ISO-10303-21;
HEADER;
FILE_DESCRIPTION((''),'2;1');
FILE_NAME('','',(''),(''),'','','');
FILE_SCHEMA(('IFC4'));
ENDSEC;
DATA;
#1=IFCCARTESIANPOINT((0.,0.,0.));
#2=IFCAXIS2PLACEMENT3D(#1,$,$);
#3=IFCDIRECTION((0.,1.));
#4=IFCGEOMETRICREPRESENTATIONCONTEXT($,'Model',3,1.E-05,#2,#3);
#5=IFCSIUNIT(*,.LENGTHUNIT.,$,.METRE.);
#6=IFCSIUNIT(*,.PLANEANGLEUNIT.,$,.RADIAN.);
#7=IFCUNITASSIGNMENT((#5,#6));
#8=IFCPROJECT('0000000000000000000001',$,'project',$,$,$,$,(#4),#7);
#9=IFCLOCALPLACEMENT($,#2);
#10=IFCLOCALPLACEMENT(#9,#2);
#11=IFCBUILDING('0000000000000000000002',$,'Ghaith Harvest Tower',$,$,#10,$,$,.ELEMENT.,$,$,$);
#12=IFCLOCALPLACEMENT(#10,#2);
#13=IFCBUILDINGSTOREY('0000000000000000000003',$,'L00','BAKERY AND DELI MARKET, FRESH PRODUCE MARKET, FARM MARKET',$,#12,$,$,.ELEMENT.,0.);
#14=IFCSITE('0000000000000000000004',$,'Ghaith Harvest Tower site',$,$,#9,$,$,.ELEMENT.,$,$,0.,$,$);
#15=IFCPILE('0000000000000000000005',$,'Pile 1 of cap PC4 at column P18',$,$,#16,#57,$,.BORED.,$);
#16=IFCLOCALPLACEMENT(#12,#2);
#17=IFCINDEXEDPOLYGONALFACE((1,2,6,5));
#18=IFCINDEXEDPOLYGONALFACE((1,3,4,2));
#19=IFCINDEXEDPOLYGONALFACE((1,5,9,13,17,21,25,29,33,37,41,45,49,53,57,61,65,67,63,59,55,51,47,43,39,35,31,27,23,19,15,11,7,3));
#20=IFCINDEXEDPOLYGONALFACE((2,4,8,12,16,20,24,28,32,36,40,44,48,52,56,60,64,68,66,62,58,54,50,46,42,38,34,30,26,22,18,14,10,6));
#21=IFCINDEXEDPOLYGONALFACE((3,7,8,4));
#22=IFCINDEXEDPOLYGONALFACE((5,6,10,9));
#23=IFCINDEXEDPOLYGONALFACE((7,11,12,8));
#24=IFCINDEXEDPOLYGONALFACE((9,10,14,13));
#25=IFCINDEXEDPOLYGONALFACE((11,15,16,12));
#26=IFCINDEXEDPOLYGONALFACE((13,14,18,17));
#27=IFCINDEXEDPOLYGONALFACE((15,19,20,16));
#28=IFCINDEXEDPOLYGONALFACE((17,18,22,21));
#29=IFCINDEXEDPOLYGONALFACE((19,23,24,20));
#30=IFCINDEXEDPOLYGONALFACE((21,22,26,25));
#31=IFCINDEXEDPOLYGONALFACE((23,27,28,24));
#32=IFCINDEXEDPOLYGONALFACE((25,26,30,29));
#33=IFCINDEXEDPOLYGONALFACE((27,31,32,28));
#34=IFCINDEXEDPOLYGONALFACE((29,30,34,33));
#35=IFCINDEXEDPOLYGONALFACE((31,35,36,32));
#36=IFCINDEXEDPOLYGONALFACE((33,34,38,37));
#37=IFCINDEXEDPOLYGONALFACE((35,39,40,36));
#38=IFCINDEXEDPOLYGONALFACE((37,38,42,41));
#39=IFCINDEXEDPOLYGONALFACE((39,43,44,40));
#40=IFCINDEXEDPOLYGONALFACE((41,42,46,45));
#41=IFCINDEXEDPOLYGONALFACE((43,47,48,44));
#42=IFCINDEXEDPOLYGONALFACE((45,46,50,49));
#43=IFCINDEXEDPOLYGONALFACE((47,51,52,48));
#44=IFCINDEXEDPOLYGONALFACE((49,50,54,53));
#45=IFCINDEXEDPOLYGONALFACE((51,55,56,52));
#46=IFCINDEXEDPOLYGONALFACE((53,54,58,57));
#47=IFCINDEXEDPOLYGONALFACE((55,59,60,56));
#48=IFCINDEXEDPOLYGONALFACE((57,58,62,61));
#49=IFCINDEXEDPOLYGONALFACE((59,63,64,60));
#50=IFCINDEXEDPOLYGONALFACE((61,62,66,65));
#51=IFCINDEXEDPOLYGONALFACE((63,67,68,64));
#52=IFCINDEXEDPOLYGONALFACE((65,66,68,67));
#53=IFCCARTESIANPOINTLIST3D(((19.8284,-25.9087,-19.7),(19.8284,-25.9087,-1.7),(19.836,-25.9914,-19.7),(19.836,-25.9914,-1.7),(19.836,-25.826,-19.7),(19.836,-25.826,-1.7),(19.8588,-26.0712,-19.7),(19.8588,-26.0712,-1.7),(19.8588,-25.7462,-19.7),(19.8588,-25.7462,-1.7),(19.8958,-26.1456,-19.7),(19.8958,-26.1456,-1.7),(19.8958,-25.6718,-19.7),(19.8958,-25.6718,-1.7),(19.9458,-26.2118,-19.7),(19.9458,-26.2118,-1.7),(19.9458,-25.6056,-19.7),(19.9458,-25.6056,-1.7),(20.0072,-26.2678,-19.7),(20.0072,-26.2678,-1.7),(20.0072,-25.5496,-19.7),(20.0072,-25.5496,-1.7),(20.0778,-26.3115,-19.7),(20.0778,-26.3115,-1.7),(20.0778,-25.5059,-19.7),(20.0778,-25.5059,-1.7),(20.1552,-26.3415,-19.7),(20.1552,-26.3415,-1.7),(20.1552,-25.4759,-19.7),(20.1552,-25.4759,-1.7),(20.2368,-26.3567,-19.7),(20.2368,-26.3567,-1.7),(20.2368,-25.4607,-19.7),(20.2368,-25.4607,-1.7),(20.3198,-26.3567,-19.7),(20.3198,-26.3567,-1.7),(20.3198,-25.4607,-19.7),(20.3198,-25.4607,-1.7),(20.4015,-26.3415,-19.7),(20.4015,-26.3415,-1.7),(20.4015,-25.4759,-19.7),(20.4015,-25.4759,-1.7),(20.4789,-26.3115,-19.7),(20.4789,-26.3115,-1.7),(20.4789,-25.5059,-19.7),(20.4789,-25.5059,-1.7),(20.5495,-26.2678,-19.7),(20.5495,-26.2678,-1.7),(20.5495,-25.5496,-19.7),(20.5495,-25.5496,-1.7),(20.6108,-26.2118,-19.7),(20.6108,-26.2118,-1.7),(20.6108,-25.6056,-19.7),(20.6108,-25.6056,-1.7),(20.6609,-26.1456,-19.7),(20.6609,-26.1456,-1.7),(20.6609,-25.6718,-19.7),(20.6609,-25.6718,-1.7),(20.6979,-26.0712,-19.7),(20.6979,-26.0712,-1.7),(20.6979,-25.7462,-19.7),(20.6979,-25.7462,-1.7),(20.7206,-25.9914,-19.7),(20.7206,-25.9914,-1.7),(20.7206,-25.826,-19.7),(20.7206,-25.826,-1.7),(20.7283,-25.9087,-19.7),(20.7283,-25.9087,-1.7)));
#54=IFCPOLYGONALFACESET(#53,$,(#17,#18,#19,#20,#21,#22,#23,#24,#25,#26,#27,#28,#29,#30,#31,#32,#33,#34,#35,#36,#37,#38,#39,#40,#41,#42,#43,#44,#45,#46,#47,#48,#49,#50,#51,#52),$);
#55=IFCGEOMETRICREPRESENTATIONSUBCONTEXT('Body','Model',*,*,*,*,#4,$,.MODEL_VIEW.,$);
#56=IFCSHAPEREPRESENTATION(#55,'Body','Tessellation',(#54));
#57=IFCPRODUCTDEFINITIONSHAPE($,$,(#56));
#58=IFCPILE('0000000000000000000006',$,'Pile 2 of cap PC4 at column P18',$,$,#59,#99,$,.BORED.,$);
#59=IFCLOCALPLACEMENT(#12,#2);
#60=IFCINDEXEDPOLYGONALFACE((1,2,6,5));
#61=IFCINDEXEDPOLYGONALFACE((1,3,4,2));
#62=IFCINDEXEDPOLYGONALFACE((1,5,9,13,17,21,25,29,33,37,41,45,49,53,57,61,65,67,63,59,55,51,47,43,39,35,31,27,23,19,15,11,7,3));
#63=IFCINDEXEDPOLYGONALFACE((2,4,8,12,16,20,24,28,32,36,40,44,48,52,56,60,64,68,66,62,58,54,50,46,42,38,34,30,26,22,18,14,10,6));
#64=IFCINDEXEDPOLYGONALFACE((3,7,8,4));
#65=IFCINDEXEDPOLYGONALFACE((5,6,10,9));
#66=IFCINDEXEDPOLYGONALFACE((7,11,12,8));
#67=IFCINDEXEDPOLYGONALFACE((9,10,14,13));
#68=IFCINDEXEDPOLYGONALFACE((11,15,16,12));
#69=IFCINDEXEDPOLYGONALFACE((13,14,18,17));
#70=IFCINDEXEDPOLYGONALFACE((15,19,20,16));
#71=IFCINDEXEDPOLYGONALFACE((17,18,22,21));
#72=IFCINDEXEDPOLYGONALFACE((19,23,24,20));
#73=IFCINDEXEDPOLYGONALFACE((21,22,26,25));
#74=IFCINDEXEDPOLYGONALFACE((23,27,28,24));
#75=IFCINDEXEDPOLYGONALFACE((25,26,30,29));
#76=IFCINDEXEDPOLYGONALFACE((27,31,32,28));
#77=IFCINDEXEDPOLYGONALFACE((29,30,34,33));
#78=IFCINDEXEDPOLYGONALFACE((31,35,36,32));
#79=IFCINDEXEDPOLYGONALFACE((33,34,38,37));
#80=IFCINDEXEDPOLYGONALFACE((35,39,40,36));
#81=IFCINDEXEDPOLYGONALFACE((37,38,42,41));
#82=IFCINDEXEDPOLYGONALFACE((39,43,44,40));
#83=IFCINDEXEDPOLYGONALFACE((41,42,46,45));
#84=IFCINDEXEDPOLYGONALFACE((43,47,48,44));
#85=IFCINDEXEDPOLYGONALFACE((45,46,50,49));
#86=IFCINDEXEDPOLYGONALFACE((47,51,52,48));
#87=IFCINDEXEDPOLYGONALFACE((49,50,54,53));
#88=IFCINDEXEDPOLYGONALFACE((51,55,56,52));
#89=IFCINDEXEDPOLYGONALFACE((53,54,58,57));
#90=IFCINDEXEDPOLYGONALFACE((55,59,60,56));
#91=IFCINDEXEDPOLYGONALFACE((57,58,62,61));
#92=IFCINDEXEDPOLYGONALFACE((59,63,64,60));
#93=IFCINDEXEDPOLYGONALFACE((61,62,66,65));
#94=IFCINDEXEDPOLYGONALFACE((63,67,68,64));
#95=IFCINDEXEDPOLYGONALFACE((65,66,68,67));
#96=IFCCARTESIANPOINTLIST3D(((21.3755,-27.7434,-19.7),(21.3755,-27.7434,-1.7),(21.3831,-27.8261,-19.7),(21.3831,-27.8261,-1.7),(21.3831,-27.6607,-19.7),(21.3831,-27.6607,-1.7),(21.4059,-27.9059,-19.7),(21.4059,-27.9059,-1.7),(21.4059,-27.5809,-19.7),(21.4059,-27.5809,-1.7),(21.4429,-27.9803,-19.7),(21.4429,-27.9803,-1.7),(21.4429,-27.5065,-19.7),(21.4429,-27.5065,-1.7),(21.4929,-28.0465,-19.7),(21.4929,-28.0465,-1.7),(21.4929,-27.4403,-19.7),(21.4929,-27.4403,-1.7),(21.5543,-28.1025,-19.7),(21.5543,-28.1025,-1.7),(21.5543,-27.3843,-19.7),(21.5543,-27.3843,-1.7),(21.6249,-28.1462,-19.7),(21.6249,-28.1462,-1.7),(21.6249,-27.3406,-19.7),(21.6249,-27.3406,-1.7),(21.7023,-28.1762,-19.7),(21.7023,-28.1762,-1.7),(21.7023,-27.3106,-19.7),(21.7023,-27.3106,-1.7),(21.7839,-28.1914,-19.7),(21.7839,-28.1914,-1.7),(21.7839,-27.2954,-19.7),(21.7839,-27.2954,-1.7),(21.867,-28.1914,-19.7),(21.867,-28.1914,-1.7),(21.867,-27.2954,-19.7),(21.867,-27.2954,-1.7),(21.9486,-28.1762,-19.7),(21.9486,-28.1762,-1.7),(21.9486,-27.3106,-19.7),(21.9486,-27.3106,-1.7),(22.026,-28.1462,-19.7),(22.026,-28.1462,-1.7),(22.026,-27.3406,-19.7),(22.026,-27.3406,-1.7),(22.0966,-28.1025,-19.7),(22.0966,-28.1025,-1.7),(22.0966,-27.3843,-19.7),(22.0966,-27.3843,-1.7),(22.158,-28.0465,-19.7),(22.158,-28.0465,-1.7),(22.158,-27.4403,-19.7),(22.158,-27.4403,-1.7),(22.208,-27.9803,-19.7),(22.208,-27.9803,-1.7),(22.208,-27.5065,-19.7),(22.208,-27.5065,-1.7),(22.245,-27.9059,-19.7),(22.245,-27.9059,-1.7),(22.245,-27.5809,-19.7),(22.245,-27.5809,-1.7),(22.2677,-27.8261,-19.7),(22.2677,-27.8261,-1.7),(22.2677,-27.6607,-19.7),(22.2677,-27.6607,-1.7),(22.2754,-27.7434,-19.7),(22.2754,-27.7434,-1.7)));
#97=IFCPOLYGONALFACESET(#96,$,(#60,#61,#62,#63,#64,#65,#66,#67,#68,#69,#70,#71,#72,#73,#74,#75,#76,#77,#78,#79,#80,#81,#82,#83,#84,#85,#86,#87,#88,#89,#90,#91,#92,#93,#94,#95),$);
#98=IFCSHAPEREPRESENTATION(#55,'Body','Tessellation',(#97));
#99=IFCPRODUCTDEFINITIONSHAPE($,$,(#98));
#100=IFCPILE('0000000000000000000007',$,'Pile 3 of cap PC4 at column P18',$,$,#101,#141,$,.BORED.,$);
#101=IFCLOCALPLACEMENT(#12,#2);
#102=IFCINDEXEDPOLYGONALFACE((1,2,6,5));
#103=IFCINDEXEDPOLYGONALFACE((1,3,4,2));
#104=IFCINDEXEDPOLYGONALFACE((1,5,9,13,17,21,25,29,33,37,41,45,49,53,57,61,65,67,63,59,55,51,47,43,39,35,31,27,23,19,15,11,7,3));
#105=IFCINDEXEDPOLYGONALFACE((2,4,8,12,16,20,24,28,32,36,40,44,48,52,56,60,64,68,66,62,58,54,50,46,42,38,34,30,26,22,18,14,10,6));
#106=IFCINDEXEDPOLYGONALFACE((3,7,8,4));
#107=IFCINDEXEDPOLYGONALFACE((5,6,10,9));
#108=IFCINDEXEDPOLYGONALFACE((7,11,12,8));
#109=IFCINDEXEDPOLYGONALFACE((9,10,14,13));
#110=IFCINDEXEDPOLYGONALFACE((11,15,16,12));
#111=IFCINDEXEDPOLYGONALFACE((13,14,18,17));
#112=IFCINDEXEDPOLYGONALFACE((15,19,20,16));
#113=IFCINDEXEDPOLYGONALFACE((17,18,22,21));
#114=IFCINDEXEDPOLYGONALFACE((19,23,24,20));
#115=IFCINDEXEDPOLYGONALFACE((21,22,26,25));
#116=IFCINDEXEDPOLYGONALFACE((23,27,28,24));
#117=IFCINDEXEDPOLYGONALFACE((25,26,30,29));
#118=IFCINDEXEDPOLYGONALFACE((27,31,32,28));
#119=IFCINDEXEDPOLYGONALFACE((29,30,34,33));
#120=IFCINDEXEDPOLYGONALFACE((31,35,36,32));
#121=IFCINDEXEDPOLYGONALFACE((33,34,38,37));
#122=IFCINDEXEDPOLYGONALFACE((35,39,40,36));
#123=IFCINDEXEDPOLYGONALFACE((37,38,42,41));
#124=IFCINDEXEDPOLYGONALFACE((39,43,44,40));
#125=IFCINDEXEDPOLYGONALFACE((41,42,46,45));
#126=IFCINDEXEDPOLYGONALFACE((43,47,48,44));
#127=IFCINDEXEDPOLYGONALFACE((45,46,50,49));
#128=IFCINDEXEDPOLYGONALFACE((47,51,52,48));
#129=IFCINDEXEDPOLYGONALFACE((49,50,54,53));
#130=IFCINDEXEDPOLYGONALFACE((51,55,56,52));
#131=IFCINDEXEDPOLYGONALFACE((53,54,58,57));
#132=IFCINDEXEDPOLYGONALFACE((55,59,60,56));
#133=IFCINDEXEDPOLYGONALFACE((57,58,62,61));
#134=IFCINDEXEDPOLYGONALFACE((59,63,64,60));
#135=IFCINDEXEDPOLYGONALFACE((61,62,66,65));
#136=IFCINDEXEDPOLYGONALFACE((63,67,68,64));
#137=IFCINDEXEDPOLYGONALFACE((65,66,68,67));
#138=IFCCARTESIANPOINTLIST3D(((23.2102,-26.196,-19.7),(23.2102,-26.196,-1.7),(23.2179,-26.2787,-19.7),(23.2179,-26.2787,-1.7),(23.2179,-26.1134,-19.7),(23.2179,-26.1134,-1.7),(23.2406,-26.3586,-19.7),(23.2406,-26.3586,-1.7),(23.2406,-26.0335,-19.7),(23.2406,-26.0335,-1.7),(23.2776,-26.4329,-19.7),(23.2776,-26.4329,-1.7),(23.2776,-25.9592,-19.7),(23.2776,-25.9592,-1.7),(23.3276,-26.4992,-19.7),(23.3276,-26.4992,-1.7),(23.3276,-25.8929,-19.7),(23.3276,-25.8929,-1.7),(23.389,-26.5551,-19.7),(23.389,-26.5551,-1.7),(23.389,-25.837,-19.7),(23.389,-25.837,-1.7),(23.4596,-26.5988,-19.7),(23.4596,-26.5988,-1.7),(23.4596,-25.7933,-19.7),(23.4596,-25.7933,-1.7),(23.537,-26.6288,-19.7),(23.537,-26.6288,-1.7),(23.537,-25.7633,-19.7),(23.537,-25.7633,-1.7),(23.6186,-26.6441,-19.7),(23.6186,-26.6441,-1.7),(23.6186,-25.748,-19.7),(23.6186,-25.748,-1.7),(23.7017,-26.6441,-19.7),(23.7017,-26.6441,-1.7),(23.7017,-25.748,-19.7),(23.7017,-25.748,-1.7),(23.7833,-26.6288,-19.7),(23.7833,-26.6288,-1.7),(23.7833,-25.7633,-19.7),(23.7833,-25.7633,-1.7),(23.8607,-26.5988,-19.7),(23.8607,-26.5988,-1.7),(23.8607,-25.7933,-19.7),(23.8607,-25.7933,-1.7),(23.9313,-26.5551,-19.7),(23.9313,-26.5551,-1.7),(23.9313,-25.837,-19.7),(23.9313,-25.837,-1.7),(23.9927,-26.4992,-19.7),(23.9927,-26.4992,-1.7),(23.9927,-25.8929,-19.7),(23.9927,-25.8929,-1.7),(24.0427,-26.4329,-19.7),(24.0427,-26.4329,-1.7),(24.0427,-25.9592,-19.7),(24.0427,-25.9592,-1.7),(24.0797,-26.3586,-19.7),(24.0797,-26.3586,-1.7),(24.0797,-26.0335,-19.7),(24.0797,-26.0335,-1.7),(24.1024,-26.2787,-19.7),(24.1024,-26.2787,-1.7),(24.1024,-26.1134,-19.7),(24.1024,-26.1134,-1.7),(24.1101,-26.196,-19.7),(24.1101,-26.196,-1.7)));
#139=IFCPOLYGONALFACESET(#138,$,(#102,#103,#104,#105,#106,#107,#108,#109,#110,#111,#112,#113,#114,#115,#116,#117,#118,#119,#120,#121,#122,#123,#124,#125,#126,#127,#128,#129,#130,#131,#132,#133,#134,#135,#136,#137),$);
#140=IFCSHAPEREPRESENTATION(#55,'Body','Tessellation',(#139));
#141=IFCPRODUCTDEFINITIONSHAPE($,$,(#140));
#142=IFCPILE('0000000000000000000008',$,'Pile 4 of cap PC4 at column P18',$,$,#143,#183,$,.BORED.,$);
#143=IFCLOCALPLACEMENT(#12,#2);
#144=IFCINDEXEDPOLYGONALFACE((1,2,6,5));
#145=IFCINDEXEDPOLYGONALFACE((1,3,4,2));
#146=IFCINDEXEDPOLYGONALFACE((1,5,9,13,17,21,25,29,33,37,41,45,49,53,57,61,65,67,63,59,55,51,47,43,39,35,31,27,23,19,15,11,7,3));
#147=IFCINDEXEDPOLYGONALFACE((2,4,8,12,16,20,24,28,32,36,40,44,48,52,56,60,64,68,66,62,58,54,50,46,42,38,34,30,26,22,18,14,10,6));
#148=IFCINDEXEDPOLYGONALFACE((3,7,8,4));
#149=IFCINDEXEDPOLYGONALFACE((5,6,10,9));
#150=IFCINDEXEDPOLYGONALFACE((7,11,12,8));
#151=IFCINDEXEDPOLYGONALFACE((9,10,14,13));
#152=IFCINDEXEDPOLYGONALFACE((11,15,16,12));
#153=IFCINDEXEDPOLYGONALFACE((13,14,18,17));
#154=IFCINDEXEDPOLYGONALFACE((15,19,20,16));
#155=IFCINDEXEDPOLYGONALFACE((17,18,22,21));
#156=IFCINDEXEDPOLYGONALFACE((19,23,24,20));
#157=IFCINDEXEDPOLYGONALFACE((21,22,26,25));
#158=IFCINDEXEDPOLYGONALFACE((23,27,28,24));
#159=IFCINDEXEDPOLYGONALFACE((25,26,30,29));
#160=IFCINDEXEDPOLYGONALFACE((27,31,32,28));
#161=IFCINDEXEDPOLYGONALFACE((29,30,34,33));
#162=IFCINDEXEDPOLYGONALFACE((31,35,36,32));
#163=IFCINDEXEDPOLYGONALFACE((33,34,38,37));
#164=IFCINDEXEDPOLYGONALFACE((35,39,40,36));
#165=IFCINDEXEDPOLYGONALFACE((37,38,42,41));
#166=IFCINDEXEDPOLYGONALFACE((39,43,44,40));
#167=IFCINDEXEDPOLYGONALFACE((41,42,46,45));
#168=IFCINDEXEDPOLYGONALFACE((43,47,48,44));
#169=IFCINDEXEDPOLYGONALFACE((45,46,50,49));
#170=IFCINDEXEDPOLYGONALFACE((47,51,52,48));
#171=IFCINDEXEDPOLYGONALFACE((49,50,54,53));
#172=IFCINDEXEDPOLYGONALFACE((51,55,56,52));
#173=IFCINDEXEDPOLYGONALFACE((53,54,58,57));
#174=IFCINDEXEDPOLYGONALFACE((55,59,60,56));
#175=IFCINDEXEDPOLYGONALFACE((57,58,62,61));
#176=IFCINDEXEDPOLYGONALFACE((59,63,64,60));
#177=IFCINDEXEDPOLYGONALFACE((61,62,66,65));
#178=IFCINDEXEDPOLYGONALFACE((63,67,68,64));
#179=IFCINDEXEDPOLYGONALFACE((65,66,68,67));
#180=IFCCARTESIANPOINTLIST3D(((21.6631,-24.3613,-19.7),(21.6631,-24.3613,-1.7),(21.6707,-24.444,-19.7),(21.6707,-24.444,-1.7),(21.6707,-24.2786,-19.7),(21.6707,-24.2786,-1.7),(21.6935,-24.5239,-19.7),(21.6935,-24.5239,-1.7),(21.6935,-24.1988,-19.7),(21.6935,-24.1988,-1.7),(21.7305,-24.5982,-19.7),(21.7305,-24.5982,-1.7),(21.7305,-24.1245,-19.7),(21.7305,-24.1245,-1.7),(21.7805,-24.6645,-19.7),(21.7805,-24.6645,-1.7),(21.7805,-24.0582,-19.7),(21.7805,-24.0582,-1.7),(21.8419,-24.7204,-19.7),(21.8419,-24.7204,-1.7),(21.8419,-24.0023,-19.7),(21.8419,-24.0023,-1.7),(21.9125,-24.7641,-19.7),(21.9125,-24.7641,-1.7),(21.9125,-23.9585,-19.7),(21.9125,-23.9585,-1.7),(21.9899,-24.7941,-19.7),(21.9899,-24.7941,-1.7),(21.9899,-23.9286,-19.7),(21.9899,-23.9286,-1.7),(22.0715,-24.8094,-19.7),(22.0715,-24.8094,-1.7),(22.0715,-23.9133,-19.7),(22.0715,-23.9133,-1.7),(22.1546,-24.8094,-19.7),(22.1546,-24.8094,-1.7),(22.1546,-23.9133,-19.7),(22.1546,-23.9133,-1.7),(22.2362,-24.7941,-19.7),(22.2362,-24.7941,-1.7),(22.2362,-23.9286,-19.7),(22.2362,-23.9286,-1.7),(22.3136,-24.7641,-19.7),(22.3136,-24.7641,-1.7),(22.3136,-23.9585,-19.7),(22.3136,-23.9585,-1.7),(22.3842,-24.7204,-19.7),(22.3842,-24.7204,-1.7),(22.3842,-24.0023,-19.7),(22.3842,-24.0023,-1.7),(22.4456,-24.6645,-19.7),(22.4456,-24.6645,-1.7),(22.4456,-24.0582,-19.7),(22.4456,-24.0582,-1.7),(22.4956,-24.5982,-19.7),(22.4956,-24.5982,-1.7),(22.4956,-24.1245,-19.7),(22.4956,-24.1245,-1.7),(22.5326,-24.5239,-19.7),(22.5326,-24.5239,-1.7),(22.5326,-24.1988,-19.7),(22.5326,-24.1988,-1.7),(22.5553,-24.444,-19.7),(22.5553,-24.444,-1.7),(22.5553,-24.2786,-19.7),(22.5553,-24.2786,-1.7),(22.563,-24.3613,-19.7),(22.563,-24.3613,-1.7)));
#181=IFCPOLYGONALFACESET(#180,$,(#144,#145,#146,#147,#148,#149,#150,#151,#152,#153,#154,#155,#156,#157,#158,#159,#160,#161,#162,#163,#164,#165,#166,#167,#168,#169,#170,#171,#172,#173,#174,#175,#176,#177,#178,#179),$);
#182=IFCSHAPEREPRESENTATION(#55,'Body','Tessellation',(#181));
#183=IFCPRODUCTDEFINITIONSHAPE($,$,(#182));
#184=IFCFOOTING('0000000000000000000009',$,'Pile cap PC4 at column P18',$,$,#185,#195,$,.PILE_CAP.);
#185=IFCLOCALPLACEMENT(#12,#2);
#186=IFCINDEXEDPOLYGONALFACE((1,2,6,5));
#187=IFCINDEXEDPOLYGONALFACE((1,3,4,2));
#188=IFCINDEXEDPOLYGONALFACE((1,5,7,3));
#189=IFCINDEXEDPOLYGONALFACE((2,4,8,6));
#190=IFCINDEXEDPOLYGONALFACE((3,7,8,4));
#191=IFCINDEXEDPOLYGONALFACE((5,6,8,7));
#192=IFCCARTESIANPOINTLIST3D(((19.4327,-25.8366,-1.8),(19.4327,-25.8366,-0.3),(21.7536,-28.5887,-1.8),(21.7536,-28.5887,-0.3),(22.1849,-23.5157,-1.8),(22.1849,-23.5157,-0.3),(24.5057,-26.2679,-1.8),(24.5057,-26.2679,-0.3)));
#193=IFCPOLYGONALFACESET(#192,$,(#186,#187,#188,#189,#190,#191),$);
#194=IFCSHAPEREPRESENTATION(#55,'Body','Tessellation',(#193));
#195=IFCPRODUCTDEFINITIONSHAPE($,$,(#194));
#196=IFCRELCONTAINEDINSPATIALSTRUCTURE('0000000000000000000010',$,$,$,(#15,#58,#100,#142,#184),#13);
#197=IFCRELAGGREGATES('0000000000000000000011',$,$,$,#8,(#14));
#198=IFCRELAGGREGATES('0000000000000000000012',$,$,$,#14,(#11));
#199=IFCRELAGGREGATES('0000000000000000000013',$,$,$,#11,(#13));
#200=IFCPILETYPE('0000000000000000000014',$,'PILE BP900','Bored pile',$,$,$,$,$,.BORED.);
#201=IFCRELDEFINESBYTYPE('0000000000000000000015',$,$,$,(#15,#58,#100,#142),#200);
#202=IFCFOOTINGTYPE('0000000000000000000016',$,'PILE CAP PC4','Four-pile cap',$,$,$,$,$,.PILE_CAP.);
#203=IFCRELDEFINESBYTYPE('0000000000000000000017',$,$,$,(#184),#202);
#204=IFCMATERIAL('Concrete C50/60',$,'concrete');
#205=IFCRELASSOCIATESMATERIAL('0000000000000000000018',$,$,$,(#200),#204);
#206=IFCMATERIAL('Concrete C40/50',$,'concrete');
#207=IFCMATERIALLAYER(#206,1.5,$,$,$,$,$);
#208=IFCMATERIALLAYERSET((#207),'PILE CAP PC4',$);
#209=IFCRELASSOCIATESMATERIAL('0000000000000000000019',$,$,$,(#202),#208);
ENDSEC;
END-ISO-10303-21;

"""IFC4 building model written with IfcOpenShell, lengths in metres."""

from ifc_helpers import new_model, si_unit, direction, frame, origin, origin_2d, place, context, subcontext, project, spatial, rectangle, circle, extrude, material, layer, layer_set, material_profile, profile_set, type_object, element, save


model = new_model("IFC4")

# Units and contexts
model_context = context("Model", 3, precision=1e-05, world=origin(), true_north=direction((0.0, 1.0)))
body_context = subcontext(model_context, "Body", "Model", "MODEL_VIEW")
ifc_project = project(units=[si_unit("LENGTHUNIT", "METRE"), si_unit("PLANEANGLEUNIT", "RADIAN")], contexts=[model_context])

# Site, building, storey
site_placement = place(None, origin())
site = spatial("IfcSite", under=ifc_project, at=site_placement, Name="Ghaith Harvest Tower site", CompositionType="ELEMENT", RefElevation=0.0)
building_placement = place(site_placement, origin())
building = spatial("IfcBuilding", under=site, at=building_placement, Name="Ghaith Harvest Tower", CompositionType="ELEMENT")
storey_placement = place(building_placement, origin())
storey = spatial("IfcBuildingStorey", under=building, at=storey_placement, Name="L00", Description="BAKERY AND DELI MARKET, FRESH PRODUCE MARKET, FARM MARKET", CompositionType="ELEMENT", Elevation=0.0)

# Piles
ifc_material_1 = material(Name="Concrete C50/60", Category="concrete")
ifc_material_profile_1 = material_profile(ifc_material_1, circle(Radius=0.45, at=origin_2d()), Name="PILE900")
ifc_profile_set_1 = profile_set([ifc_material_profile_1], Name="Concrete C50/60")
pile_type_1 = type_object("IfcPileType", Name="PILE BP900", Description="Bored pile", PredefinedType="BORED", material=ifc_profile_set_1)
for number, where, z_axis, x_axis, name in (
    (1, (20.2783, -25.9087, -1.7), (0.0, 0.0, -1.0), (1.0, 0.0, 0.0), "Pile 1 of cap PC4 at column P18"),
    (2, (21.8254, -27.7434, -1.7), (0.0, 0.0, -1.0), (1.0, 0.0, 0.0), "Pile 2 of cap PC4 at column P18"),
    (3, (23.6602, -26.196, -1.7), (0.0, 0.0, -1.0), (1.0, 0.0, 0.0), "Pile 3 of cap PC4 at column P18"),
    (4, (22.113, -24.3613, -1.7), (0.0, 0.0, -1.0), (1.0, 0.0, 0.0), "Pile 4 of cap PC4 at column P18"),
):
    element("IfcPile", number, at=place(storey_placement, frame(where, z_axis=z_axis, x_axis=x_axis)), inside=storey, type_object=pile_type_1, Name=name, PredefinedType="BORED", context=body_context, shape_type="SweptSolid", body=[
        extrude(circle(Radius=0.45, at=origin_2d()), origin(), (0.0, 0.0, 1.0), 18.0),
    ])

# Footing
ifc_material_2 = material(Name="Concrete C40/50", Category="concrete")
ifc_layer_1 = layer(ifc_material_2, 1.5)
ifc_layer_set_1 = layer_set([ifc_layer_1], Name="PILE CAP PC4")
footing_type = type_object("IfcFootingType", Name="PILE CAP PC4", Description="Four-pile cap", PredefinedType="PILE_CAP", material=ifc_layer_set_1)
footing_placement = place(storey_placement, frame((21.9692, -26.0522, -1.8), z_axis=(0.0, 0.0, 1.0), x_axis=(0.644657, -0.764472, 0.0)))
element("IfcFooting", 5, at=footing_placement, inside=storey, type_object=footing_type, Name="Pile cap PC4 at column P18", PredefinedType="PILE_CAP", context=body_context, shape_type="SweptSolid", body=[
    extrude(rectangle(XDim=3.6001, YDim=3.6001, at=origin_2d()), origin(), (0.0, 0.0, 1.0), 1.5),
])

save(model, "model.ifc")
